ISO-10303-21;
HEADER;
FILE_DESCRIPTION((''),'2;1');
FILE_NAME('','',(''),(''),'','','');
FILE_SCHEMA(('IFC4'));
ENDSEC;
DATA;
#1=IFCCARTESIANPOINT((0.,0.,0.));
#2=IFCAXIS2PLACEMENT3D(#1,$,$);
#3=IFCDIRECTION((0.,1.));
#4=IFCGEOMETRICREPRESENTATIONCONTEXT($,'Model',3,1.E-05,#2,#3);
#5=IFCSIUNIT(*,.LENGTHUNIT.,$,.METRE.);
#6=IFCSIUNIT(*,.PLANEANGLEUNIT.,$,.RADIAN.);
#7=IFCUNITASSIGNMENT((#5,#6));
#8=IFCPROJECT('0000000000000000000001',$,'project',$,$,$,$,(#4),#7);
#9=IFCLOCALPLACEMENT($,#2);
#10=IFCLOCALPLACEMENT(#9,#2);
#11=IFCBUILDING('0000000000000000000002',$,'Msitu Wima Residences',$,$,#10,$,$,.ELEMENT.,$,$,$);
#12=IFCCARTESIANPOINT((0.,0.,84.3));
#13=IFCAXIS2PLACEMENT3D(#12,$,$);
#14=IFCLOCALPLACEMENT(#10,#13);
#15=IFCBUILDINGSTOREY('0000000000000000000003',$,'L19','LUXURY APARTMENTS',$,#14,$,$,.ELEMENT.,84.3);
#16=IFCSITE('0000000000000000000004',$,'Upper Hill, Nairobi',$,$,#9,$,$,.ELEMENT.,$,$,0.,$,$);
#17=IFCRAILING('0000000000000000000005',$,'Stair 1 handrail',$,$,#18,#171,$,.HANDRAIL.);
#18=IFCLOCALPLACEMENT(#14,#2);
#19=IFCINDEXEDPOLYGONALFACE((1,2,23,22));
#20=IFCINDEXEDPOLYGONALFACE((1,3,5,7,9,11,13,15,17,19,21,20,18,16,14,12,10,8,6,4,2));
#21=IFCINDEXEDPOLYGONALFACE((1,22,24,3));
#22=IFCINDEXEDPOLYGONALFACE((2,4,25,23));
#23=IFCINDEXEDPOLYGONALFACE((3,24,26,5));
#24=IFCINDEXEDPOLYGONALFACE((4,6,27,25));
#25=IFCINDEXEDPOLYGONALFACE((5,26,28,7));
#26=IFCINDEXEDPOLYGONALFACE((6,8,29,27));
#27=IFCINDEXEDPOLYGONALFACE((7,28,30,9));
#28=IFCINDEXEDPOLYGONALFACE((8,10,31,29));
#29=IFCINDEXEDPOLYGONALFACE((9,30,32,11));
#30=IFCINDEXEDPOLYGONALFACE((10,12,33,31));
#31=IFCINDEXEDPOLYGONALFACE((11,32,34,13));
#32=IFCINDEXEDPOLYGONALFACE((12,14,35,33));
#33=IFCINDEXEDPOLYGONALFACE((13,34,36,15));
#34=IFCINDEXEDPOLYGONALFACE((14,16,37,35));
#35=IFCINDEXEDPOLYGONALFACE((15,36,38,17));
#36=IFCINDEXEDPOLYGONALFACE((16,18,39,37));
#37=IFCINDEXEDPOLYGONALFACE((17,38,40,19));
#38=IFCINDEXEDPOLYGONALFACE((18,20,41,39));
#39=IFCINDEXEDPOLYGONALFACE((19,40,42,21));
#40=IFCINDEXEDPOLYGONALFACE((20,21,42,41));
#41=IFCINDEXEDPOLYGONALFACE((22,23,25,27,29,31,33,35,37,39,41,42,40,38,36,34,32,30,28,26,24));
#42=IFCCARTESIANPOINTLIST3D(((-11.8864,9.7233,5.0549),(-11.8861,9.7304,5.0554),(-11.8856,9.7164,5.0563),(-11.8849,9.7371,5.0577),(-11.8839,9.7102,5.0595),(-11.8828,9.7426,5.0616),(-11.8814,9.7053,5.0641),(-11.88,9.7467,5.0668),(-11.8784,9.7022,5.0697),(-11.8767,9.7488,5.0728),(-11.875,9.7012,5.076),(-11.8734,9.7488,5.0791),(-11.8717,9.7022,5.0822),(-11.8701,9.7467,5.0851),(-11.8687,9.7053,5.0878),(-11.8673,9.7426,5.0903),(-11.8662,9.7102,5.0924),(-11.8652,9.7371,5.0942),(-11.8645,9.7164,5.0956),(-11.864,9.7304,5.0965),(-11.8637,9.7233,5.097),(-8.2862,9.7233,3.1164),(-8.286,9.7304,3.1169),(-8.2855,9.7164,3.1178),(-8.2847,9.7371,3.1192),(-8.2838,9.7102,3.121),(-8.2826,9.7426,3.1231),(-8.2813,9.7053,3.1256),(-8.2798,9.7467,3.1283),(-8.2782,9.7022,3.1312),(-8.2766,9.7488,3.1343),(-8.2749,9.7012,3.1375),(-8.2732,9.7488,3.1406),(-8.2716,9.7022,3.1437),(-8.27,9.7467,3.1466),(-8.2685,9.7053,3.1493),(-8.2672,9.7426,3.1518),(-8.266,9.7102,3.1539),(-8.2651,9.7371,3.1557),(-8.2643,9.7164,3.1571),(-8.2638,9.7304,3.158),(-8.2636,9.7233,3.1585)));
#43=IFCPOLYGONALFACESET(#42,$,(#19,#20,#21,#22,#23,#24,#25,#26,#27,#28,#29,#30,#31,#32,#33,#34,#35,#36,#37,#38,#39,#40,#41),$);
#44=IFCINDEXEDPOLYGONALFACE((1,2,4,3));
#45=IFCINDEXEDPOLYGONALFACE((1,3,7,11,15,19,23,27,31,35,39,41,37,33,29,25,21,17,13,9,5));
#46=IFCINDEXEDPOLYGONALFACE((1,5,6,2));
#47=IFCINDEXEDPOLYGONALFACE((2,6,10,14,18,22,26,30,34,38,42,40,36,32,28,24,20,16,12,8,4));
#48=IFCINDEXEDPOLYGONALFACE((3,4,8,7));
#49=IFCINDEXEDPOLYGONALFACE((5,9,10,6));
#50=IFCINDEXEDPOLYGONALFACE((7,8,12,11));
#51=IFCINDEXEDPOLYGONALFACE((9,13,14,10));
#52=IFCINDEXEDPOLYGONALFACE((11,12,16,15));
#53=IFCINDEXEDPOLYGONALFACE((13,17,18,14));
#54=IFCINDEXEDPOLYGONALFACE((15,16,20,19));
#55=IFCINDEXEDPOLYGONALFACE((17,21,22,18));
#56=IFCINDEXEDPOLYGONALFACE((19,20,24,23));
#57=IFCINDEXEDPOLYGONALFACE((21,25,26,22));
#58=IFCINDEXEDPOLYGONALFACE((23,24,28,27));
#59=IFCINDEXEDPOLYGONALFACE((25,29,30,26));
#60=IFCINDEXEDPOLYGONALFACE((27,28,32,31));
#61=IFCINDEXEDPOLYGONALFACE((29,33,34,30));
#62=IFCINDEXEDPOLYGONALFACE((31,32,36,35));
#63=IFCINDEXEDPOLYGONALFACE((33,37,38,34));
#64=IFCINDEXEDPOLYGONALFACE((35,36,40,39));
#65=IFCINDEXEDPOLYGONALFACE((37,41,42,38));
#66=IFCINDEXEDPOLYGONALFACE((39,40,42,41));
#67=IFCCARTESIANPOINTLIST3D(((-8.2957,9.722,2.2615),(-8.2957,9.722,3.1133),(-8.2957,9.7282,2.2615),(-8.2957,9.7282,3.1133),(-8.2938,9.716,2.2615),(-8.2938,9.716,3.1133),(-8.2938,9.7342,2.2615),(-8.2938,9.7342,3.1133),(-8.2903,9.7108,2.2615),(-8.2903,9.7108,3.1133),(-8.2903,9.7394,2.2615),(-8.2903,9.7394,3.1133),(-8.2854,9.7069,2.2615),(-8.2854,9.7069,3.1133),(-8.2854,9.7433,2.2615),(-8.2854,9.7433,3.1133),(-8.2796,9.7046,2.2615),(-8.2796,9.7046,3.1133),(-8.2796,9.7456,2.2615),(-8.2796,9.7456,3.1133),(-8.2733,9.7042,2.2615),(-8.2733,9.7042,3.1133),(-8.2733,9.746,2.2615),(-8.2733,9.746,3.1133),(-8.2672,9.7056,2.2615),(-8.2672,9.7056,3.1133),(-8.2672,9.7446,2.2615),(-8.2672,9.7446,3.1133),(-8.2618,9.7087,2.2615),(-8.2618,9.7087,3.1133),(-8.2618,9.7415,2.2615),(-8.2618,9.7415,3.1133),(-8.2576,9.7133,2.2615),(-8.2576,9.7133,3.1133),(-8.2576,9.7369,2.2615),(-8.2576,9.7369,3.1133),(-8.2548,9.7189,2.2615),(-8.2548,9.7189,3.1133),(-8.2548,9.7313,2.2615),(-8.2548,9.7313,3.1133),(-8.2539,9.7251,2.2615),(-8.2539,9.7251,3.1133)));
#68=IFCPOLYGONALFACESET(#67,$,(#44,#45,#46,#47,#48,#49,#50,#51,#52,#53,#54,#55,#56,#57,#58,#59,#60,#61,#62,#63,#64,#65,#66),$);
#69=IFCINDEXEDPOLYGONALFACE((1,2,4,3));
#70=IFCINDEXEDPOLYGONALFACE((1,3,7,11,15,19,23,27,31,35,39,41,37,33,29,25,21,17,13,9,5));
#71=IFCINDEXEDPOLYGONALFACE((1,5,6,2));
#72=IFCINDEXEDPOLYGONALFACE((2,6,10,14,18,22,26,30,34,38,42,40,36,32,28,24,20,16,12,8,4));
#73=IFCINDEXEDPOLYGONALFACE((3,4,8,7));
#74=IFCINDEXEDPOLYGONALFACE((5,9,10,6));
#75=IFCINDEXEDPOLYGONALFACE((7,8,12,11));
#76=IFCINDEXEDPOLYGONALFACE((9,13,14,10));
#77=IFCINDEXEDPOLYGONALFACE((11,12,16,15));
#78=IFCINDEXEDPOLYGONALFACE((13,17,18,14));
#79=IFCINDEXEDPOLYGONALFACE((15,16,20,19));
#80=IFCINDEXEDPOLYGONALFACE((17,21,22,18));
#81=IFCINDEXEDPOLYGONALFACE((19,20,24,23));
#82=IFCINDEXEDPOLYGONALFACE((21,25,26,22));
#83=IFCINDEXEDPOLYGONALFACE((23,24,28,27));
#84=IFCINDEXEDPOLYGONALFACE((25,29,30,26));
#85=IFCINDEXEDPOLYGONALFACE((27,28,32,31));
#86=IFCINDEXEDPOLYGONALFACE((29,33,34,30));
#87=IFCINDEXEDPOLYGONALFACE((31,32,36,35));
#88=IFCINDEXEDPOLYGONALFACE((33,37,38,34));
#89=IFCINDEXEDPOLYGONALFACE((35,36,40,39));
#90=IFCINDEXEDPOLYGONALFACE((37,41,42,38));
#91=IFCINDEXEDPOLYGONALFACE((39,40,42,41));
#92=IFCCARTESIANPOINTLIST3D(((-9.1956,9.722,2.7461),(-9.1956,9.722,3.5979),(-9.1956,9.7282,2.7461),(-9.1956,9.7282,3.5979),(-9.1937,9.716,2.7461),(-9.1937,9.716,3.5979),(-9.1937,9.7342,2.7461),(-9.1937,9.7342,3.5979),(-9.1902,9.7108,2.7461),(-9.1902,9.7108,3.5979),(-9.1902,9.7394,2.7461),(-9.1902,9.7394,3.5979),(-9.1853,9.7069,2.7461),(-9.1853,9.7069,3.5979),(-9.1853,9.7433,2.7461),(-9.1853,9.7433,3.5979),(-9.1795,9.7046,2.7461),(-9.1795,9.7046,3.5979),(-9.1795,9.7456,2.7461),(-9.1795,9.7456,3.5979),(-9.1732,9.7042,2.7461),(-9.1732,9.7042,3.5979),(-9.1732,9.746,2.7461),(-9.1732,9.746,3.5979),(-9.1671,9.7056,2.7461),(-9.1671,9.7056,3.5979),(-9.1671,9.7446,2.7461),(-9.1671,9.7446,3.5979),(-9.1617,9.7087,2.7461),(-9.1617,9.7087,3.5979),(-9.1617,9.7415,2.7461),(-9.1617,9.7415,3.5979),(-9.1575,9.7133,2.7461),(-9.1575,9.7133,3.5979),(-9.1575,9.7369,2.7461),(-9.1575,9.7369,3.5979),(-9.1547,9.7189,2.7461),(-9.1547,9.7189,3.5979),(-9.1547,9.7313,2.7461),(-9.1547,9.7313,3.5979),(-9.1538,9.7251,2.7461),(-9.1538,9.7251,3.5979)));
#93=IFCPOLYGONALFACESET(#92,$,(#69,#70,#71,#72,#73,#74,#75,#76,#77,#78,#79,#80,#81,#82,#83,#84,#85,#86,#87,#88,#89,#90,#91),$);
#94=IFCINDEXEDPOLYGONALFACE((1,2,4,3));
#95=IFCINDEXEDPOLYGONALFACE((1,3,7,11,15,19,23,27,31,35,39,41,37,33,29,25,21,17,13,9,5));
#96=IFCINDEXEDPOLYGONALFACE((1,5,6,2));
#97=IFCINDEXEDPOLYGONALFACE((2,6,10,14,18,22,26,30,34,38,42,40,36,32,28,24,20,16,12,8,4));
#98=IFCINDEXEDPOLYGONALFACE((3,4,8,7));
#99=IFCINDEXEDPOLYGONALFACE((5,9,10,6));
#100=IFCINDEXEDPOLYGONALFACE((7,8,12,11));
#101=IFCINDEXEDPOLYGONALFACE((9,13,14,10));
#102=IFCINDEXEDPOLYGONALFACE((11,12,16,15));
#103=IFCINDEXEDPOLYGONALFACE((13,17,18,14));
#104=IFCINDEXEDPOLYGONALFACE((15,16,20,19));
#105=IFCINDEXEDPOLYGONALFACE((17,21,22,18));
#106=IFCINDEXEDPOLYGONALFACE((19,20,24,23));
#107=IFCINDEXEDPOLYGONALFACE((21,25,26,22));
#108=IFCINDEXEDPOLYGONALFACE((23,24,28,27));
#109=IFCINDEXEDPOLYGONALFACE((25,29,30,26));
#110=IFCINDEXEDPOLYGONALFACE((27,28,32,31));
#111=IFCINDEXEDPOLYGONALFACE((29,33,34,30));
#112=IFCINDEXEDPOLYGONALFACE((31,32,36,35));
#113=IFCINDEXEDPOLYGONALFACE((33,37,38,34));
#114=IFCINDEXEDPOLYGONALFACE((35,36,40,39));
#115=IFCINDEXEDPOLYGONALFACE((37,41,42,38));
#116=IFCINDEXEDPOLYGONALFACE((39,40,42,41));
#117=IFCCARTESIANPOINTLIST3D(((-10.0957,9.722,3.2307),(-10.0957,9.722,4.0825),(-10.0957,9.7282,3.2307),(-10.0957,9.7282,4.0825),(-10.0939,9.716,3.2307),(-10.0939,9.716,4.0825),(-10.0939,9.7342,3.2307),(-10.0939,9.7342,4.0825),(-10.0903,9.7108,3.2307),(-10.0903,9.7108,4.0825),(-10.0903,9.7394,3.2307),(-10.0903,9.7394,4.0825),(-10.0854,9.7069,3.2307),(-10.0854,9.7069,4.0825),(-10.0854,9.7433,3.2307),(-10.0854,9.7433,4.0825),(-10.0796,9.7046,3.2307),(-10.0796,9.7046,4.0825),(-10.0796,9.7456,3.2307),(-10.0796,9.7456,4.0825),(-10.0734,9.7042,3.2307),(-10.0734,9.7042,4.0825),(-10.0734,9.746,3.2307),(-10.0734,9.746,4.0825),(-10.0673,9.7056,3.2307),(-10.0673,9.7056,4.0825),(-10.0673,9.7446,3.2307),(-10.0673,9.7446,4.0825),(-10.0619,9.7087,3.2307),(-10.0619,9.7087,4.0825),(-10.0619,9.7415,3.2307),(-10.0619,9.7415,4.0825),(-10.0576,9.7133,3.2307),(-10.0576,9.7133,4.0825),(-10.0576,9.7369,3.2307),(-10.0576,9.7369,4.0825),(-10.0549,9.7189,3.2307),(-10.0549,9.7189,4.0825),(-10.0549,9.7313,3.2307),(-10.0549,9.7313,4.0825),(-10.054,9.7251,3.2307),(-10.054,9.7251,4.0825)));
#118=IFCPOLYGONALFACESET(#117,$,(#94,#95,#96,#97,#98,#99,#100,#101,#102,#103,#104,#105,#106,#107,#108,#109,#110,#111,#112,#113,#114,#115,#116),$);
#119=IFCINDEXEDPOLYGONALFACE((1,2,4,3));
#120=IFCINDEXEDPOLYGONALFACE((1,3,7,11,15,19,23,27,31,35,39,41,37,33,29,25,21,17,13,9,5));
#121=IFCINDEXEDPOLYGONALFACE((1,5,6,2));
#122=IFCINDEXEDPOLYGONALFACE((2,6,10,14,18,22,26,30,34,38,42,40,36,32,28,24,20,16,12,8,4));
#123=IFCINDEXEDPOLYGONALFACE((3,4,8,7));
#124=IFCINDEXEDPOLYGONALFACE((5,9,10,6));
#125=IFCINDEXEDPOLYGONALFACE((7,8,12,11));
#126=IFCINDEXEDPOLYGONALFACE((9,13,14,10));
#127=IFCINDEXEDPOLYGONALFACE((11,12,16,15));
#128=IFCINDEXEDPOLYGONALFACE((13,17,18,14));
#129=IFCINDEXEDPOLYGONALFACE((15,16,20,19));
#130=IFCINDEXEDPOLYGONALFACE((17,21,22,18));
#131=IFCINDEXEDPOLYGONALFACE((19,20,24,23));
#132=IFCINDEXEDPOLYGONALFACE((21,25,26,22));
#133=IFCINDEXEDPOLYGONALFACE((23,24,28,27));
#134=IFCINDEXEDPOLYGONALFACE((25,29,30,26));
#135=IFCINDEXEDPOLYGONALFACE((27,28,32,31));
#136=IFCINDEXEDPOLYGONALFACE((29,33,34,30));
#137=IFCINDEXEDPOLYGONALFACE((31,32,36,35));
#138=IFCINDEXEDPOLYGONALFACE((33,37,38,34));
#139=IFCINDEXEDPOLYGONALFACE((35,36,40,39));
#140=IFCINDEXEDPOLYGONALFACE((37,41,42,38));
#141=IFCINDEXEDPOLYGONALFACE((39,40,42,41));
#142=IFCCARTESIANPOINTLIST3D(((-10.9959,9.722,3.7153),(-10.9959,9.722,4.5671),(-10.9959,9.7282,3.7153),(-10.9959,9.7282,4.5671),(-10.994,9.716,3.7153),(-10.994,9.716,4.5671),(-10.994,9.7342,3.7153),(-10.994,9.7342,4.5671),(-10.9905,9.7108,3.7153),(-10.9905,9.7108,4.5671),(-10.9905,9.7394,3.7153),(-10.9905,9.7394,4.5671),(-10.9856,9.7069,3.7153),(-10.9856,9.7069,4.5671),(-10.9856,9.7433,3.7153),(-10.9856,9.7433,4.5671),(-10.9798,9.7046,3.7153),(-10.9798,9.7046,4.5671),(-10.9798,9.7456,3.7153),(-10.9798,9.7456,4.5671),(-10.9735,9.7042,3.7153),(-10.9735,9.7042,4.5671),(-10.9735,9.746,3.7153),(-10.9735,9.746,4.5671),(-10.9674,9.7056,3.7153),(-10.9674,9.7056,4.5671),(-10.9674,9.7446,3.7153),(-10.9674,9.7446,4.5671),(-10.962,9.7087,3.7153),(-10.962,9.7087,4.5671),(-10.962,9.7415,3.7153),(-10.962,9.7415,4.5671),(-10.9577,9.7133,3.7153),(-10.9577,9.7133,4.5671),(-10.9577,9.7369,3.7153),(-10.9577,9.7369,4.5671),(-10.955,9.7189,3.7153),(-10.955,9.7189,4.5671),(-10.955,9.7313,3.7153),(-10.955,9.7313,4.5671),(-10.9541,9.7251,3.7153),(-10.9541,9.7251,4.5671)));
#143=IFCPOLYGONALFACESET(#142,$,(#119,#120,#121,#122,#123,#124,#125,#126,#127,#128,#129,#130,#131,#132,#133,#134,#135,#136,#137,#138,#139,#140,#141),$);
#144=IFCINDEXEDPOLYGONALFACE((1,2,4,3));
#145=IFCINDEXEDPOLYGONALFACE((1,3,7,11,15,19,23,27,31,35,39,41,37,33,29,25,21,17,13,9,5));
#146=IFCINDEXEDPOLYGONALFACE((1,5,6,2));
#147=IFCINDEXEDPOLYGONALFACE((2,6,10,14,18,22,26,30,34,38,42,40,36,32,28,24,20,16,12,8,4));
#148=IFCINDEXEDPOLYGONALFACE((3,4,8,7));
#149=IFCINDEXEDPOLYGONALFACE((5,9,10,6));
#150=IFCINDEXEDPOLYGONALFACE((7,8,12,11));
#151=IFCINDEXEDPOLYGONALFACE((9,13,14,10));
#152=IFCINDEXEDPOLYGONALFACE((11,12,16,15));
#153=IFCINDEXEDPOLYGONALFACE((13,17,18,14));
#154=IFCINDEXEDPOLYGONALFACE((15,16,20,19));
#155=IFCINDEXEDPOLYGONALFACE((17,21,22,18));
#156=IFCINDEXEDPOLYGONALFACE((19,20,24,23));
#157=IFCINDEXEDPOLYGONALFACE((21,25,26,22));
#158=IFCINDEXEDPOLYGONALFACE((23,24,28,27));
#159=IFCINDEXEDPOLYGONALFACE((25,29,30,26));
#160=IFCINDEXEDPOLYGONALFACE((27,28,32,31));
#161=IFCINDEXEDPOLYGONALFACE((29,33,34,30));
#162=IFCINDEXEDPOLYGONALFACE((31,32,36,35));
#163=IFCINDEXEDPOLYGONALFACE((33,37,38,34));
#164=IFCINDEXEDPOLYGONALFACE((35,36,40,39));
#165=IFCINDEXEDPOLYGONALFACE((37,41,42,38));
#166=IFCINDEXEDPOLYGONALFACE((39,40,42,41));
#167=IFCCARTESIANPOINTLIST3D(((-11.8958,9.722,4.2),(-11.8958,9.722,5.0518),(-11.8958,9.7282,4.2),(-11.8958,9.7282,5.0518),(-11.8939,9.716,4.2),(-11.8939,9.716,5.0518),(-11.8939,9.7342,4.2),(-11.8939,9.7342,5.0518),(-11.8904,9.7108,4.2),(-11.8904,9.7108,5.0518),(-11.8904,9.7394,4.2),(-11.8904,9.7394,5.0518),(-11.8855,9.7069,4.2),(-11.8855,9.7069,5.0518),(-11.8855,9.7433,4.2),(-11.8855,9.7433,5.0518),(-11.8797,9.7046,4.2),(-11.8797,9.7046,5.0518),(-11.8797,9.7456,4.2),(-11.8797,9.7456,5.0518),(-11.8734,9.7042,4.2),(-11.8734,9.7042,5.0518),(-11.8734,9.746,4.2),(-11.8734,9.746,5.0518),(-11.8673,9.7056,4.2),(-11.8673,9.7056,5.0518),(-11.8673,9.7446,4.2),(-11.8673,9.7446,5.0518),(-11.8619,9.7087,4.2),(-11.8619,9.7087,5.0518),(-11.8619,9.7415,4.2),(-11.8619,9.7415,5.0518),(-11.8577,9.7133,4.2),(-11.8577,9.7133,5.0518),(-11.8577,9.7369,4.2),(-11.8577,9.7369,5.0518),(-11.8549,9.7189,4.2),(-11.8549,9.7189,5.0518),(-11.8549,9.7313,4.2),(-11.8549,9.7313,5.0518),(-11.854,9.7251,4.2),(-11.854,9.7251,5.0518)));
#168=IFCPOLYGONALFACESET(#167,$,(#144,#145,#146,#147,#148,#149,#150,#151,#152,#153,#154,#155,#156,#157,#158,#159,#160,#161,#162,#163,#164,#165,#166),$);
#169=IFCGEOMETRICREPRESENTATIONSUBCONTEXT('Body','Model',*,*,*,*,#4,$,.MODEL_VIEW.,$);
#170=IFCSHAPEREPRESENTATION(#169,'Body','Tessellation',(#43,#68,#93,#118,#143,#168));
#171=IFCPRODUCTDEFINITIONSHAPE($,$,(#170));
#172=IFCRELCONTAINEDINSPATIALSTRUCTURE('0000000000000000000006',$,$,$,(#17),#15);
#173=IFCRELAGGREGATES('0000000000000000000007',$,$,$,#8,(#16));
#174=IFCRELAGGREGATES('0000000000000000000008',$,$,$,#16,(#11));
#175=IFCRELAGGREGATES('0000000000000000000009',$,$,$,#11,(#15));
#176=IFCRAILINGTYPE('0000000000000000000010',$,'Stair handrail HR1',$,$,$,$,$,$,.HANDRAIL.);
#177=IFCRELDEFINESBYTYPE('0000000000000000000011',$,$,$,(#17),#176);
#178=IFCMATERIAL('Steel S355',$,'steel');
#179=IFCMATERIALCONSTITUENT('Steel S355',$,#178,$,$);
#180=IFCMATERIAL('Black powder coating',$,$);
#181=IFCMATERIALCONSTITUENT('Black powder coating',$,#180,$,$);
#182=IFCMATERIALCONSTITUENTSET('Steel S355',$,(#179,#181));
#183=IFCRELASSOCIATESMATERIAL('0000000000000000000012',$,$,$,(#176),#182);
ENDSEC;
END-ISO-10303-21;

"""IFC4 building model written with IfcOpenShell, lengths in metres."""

from ifc_helpers import new_model, si_unit, direction, frame, origin, origin_2d, place, context, subcontext, project, spatial, circle, extrude, material, constituent, constituent_set, type_object, element, save


model = new_model("IFC4")

# Units and contexts
model_context = context("Model", 3, precision=1e-05, world=origin(), true_north=direction((0.0, 1.0)))
body_context = subcontext(model_context, "Body", "Model", "MODEL_VIEW")
ifc_project = project(units=[si_unit("LENGTHUNIT", "METRE"), si_unit("PLANEANGLEUNIT", "RADIAN")], contexts=[model_context])

# Site, building, storey
site_placement = place(None, origin())
site = spatial("IfcSite", under=ifc_project, at=site_placement, Name="Upper Hill, Nairobi", CompositionType="ELEMENT", RefElevation=0.0)
building_placement = place(site_placement, origin())
building = spatial("IfcBuilding", under=site, at=building_placement, Name="Msitu Wima Residences", CompositionType="ELEMENT")
storey_placement = place(building_placement, frame((0.0, 0.0, 84.3)))
storey = spatial("IfcBuildingStorey", under=building, at=storey_placement, Name="L19", Description="LUXURY APARTMENTS", CompositionType="ELEMENT", Elevation=84.3)

# Railing
ifc_material_1 = material(Name="Steel S355", Category="steel")
ifc_constituent_1 = constituent(ifc_material_1, Name="Steel S355")
ifc_material_2 = material(Name="Black powder coating")
ifc_constituent_2 = constituent(ifc_material_2, Name="Black powder coating")
ifc_constituent_set = constituent_set(constituents=[ifc_constituent_1, ifc_constituent_2], Name="Steel S355")
railing_type = type_object("IfcRailingType", Name="Stair handrail HR1", PredefinedType="HANDRAIL", material=ifc_constituent_set)
railing_placement = place(storey_placement, frame((-8.2749, 9.7251, 2.2615)))
element("IfcRailing", 1, at=railing_placement, inside=storey, type_object=railing_type, Name="Stair 1 handrail", PredefinedType="HANDRAIL", context=body_context, shape_type="SweptSolid", body=[
    extrude(circle(Radius=0.0239, at=origin_2d()), frame((0.0, 0.0, 0.876), z_axis=(-0.880475, 0.0, 0.474093), x_axis=(0.0, -1.0, 0.0)), (0.0, 0.0, 1.0), 4.0889),
    extrude(circle(Radius=0.021, at=origin_2d()), origin(), (0.0, 0.0, 1.0), 0.8518),
    extrude(circle(Radius=0.021, at=origin_2d()), frame((-0.8999, 0.0, 0.4846)), (0.0, 0.0, 1.0), 0.8518),
    extrude(circle(Radius=0.021, at=origin_2d()), frame((-1.8, 0.0, 0.9692)), (0.0, 0.0, 1.0), 0.8518),
    extrude(circle(Radius=0.021, at=origin_2d()), frame((-2.7002, 0.0, 1.4539)), (0.0, 0.0, 1.0), 0.8518),
    extrude(circle(Radius=0.021, at=origin_2d()), frame((-3.6001, 0.0, 1.9385)), (0.0, 0.0, 1.0), 0.8518),
])

save(model, "model.ifc")
